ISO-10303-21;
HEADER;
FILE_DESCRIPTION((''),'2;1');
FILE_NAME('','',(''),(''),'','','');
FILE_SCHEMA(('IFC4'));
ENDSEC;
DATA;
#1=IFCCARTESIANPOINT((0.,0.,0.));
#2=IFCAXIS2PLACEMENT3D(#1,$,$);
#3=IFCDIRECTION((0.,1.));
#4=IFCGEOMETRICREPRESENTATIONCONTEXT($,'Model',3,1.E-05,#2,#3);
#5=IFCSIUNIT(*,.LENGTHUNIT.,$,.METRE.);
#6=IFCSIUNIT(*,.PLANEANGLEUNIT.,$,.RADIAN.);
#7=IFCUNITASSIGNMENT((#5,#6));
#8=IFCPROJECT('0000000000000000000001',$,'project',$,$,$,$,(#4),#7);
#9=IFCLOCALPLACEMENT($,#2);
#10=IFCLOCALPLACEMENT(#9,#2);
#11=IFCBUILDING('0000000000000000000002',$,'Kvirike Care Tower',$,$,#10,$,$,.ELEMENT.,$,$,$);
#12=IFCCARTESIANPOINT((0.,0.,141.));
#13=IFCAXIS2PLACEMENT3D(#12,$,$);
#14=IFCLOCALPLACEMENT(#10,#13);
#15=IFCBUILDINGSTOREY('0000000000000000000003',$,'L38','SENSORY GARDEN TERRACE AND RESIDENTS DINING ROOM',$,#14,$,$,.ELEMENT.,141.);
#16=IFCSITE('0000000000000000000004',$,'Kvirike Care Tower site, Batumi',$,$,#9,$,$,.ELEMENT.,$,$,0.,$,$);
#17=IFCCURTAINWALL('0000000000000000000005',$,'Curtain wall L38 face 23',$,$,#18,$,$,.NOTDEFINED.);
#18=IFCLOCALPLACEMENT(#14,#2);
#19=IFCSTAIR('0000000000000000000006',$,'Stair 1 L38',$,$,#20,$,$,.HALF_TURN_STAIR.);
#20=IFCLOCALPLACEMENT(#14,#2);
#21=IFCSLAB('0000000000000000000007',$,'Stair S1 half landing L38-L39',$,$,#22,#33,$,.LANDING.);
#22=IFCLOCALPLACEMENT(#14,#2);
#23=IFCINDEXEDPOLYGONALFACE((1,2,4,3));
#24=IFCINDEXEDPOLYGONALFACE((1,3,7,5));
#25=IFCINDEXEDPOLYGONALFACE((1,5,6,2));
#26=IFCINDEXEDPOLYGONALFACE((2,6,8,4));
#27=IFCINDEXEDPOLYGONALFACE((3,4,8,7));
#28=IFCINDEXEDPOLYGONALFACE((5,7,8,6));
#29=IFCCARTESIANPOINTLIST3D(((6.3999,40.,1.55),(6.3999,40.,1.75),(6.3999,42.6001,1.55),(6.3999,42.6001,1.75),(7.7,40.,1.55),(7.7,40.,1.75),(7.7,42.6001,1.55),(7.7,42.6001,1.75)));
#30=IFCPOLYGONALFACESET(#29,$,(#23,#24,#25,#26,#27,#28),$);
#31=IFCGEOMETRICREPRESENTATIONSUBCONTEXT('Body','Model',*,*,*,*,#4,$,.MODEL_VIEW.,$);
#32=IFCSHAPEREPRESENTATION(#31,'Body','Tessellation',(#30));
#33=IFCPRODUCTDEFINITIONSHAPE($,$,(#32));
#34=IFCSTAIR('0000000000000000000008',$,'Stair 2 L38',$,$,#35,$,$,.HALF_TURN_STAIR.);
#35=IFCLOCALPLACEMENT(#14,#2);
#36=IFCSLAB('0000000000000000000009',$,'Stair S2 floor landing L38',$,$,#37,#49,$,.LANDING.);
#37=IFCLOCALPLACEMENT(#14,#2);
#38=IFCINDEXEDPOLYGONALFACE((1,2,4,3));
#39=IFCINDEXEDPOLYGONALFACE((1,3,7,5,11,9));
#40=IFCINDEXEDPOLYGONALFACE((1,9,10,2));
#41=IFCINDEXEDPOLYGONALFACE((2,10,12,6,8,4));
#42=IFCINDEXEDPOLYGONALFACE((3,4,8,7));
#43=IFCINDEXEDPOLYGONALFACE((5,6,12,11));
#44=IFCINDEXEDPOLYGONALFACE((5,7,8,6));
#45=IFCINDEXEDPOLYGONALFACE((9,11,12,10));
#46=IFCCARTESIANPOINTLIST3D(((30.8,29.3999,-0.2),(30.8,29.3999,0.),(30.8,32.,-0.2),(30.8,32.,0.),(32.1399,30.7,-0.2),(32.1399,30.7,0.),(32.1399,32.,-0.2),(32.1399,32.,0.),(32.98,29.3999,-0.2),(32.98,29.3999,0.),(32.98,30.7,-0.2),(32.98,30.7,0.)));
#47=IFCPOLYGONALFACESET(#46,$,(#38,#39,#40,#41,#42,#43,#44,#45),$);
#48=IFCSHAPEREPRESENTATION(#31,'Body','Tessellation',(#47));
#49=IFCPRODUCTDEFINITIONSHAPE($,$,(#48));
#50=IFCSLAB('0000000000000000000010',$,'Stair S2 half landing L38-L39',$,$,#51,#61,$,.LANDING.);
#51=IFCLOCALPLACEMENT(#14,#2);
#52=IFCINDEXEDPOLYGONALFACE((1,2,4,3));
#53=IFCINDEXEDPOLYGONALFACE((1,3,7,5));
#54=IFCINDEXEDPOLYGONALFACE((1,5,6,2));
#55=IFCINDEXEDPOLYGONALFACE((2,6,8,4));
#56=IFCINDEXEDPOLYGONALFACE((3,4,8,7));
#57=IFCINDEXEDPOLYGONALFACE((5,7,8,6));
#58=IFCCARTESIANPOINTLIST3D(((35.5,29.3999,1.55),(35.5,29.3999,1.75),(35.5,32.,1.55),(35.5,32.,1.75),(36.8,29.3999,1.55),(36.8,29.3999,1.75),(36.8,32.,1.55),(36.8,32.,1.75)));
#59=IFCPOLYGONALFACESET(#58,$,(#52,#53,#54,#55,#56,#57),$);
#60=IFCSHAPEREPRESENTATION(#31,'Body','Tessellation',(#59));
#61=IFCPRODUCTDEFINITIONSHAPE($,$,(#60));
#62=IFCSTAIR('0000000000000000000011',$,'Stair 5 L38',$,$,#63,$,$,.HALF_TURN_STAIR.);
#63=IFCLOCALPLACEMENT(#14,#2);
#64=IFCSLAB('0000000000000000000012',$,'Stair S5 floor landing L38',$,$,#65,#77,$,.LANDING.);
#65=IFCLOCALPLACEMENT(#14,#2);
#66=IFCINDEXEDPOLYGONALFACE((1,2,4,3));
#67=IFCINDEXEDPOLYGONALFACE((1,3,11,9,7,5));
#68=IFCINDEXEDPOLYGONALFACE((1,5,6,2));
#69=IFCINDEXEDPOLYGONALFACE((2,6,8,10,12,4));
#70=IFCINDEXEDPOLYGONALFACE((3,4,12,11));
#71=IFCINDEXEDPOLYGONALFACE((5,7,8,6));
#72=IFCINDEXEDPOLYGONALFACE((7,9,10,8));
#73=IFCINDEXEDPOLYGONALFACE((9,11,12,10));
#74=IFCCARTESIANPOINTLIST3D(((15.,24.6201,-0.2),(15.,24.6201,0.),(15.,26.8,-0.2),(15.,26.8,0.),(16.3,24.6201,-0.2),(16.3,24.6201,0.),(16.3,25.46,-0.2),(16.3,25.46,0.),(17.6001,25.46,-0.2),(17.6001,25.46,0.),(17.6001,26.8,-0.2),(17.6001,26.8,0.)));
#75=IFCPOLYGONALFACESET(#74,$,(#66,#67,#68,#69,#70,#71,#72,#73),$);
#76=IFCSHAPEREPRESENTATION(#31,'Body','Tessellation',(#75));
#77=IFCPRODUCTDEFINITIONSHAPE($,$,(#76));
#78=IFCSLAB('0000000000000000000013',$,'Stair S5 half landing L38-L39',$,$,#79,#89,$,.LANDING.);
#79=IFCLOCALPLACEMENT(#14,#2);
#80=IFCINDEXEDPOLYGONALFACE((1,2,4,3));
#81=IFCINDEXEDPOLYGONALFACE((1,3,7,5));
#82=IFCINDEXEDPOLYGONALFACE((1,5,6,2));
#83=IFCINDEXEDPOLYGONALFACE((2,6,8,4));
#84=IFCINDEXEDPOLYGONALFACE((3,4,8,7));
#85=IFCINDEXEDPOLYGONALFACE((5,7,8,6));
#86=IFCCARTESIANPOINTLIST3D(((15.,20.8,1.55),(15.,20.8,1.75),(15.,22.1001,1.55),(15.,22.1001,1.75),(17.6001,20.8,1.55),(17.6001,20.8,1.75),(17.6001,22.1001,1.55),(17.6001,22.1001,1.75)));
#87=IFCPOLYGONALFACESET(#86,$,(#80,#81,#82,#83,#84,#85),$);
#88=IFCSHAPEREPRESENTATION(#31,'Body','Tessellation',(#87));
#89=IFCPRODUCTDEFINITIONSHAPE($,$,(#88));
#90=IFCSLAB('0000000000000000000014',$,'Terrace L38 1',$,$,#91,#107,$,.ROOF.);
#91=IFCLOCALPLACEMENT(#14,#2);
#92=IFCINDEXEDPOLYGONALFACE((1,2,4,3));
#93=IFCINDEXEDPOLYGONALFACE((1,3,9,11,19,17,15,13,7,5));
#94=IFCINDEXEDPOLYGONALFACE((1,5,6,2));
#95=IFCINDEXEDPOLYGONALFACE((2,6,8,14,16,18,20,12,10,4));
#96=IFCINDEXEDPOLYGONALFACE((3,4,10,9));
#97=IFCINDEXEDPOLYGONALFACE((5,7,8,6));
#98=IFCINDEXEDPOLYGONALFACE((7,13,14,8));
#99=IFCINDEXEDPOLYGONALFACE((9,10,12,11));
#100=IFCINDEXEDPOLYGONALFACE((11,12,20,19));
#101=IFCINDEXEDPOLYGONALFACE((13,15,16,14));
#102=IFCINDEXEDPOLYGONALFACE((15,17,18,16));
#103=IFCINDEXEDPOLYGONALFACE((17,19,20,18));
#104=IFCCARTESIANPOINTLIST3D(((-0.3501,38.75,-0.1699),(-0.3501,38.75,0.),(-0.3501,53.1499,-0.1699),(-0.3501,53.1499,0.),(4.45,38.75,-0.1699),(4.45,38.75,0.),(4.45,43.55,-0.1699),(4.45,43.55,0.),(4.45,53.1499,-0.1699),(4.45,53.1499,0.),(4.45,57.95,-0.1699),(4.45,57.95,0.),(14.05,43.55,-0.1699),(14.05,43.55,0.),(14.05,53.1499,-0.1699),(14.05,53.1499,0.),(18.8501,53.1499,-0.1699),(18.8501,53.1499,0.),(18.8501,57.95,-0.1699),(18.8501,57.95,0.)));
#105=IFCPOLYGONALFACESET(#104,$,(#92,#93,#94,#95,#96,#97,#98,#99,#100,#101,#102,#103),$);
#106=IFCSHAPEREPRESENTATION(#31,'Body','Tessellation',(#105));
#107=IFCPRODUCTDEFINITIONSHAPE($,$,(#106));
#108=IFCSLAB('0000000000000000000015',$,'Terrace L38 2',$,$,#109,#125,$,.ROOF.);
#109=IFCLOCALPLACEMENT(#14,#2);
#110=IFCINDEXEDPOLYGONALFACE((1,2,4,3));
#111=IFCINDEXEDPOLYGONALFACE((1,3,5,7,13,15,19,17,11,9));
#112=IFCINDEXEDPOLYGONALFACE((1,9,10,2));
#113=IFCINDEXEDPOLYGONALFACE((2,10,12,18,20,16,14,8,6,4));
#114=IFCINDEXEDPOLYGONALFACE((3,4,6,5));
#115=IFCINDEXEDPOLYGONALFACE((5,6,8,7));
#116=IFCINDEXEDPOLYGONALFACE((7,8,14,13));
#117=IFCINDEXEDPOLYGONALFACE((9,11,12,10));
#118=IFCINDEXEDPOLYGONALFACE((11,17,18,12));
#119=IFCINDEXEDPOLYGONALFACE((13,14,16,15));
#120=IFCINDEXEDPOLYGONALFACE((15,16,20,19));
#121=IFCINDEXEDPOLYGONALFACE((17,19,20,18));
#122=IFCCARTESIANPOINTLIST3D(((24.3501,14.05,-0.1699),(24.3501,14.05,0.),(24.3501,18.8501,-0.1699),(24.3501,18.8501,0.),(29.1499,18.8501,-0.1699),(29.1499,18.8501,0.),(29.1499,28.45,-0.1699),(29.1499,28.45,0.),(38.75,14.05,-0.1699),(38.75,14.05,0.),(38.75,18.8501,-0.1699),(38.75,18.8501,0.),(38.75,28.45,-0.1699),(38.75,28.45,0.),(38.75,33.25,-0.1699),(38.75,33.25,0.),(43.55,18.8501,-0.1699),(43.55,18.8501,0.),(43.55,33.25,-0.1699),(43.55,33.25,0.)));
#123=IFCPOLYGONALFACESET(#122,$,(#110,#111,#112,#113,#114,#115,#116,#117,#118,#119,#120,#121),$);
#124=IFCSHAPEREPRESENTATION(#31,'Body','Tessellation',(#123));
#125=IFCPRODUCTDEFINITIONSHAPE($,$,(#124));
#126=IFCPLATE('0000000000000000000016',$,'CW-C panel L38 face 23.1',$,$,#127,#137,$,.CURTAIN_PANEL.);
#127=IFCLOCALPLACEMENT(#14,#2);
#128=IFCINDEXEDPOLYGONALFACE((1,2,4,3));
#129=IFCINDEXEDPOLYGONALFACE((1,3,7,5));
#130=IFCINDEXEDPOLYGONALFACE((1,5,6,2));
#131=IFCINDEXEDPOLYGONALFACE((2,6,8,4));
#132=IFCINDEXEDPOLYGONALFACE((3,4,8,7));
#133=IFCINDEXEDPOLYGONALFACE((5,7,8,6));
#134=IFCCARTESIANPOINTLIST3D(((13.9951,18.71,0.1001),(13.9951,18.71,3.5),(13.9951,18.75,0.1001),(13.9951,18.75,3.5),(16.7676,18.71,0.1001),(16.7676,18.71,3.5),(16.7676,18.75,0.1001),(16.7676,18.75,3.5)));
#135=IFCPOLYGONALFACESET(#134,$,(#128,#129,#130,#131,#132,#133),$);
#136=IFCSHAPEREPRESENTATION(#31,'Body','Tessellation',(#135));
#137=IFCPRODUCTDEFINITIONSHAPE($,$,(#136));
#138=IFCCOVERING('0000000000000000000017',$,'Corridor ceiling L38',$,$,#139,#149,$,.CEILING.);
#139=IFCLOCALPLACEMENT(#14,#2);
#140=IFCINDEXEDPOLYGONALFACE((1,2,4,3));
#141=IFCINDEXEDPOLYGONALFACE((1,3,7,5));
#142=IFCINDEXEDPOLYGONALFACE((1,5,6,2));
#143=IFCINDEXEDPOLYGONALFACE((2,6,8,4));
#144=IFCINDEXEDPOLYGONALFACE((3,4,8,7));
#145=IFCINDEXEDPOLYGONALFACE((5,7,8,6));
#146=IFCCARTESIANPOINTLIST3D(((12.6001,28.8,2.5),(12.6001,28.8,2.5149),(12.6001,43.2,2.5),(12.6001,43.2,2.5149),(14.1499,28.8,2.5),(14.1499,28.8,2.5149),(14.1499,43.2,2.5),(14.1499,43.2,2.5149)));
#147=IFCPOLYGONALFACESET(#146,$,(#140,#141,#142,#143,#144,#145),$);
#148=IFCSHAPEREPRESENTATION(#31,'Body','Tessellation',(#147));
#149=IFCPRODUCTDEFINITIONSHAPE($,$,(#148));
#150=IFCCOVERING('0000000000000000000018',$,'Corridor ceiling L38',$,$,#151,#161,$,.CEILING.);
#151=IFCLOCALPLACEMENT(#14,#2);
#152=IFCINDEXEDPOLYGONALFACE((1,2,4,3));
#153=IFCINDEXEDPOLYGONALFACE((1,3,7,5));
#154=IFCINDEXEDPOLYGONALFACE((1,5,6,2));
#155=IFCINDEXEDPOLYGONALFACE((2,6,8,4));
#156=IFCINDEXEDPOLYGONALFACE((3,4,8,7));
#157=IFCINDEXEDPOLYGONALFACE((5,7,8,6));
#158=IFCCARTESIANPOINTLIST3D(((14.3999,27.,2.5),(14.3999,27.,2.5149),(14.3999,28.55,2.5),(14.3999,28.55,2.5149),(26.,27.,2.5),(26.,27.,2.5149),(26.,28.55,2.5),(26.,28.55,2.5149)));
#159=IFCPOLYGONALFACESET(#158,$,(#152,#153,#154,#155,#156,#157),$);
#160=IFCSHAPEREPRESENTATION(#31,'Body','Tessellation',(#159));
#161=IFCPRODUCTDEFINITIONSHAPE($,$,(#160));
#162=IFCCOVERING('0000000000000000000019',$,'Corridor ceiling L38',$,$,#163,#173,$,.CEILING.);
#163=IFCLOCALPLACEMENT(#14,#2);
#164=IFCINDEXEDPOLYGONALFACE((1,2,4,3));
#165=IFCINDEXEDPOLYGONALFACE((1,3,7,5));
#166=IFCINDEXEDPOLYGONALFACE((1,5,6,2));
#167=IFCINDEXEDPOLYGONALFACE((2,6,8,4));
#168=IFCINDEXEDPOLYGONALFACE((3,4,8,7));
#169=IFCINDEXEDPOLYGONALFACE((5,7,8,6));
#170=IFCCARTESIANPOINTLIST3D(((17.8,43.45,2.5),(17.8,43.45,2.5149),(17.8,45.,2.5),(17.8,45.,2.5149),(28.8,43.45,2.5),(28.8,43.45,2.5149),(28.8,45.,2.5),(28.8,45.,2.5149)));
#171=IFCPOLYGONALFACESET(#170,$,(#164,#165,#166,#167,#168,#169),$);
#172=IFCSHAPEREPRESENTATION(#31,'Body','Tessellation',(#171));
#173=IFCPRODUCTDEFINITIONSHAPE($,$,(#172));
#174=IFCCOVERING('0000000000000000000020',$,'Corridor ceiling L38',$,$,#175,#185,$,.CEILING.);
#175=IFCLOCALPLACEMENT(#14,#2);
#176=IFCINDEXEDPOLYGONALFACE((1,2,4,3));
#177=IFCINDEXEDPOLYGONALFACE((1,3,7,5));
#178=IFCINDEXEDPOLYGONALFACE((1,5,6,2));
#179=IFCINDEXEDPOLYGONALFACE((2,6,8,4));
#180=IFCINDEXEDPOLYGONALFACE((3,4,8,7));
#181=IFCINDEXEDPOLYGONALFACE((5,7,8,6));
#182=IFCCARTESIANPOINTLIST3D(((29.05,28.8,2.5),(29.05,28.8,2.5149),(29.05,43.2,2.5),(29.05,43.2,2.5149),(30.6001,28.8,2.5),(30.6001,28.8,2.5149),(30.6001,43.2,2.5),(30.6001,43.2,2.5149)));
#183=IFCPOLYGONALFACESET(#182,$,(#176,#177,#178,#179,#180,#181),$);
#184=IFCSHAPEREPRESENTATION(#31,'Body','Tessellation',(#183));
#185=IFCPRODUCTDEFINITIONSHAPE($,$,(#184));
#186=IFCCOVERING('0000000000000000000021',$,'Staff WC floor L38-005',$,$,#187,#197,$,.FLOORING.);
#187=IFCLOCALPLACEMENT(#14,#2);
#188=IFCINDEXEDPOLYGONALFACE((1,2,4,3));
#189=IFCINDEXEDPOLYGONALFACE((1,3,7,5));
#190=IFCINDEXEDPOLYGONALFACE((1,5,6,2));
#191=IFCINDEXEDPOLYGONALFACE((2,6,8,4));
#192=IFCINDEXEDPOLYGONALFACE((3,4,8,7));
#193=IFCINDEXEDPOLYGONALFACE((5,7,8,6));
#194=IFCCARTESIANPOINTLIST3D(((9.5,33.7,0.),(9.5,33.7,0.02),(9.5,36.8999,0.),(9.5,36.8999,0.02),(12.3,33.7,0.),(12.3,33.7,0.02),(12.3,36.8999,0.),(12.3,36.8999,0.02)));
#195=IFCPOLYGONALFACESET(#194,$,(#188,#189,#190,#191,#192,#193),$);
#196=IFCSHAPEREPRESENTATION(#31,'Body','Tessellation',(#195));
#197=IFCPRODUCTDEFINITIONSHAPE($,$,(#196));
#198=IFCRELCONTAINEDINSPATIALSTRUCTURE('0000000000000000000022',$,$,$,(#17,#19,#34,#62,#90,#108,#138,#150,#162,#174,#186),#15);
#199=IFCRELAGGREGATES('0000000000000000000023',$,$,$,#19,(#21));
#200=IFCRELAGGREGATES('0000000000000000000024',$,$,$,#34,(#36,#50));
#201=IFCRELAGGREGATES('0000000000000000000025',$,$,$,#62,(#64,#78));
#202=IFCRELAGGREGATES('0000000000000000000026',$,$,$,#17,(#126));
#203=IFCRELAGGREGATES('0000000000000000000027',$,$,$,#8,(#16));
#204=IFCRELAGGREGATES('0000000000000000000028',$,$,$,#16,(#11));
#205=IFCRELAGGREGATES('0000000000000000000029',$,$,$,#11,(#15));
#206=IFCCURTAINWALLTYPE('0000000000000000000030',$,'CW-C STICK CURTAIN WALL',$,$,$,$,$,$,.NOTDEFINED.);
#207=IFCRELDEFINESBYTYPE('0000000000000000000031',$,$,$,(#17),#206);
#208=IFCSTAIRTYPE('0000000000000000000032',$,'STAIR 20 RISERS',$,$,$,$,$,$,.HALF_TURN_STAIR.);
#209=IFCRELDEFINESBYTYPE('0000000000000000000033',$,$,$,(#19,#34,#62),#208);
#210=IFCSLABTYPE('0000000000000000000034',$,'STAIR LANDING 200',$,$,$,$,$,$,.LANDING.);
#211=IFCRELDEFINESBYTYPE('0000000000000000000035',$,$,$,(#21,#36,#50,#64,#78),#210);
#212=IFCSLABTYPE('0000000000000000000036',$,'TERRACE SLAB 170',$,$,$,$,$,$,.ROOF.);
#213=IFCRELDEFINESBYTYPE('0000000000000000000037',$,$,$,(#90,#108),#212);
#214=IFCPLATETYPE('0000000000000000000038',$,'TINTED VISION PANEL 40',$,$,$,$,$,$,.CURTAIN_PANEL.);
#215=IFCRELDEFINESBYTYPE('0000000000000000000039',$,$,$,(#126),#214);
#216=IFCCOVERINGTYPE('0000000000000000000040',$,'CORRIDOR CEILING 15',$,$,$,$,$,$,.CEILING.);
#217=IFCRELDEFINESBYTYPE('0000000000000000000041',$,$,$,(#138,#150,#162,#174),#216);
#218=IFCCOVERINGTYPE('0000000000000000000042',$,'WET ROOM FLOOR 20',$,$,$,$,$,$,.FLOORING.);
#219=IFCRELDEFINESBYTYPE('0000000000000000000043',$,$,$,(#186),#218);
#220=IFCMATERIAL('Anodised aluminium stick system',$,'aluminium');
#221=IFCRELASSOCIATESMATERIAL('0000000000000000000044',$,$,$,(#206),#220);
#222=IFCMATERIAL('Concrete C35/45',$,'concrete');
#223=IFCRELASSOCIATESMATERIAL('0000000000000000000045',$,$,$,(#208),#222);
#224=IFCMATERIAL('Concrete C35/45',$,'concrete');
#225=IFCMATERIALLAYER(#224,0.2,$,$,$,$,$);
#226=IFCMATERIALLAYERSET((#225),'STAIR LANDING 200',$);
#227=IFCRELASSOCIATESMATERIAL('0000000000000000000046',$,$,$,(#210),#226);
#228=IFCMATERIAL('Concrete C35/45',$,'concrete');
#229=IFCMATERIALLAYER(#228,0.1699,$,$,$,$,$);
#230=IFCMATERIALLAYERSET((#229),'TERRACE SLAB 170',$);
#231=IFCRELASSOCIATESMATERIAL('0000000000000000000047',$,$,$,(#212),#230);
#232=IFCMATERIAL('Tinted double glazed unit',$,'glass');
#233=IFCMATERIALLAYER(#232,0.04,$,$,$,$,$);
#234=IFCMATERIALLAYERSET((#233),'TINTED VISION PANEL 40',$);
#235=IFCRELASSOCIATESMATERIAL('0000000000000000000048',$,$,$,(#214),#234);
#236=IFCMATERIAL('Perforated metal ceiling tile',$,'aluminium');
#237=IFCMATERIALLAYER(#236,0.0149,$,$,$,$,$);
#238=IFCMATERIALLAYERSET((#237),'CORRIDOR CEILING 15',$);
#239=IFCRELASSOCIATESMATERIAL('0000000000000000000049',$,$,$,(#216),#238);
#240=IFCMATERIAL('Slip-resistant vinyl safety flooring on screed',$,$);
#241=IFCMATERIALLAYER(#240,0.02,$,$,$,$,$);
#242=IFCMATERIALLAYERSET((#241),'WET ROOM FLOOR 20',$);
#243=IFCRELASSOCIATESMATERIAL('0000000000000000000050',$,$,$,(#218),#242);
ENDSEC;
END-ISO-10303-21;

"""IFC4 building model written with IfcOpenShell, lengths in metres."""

from ifc_helpers import new_model, si_unit, direction, frame, origin, origin_2d, place, context, subcontext, project, spatial, polyline, rectangle, outline, extrude, material, layer, layer_set, type_object, element, aggregate, save


model = new_model("IFC4")

# Units and contexts
model_context = context("Model", 3, precision=1e-05, world=origin(), true_north=direction((0.0, 1.0)))
body_context = subcontext(model_context, "Body", "Model", "MODEL_VIEW")
ifc_project = project(units=[si_unit("LENGTHUNIT", "METRE"), si_unit("PLANEANGLEUNIT", "RADIAN")], contexts=[model_context])

# Site, building, storey
site_placement = place(None, origin())
site = spatial("IfcSite", under=ifc_project, at=site_placement, Name="Kvirike Care Tower site, Batumi", CompositionType="ELEMENT", RefElevation=0.0)
building_placement = place(site_placement, origin())
building = spatial("IfcBuilding", under=site, at=building_placement, Name="Kvirike Care Tower", CompositionType="ELEMENT")
storey_placement = place(building_placement, frame((0.0, 0.0, 141.0)))
storey = spatial("IfcBuildingStorey", under=building, at=storey_placement, Name="L38", Description="SENSORY GARDEN TERRACE AND RESIDENTS DINING ROOM", CompositionType="ELEMENT", Elevation=141.0)

# Curtain wall
ifc_material_1 = material(Name="Anodised aluminium stick system", Category="aluminium")
curtain_wall_type = type_object("IfcCurtainWallType", Name="CW-C STICK CURTAIN WALL", PredefinedType="NOTDEFINED", material=ifc_material_1)
curtain_wall_1_placement = place(storey_placement, origin())
curtain_wall_1 = element("IfcCurtainWall", 1, at=curtain_wall_1_placement, inside=storey, type_object=curtain_wall_type, Name="Curtain wall L38 face 23", PredefinedType="NOTDEFINED")

# Stairs, slabs
ifc_material_2 = material(Name="Concrete C35/45", Category="concrete")
stair_type = type_object("IfcStairType", Name="STAIR 20 RISERS", PredefinedType="HALF_TURN_STAIR", material=ifc_material_2)
stair_1_placement = place(storey_placement, origin())
stair_1 = element("IfcStair", 2, at=stair_1_placement, inside=storey, type_object=stair_type, Name="Stair 1 L38", PredefinedType="HALF_TURN_STAIR")
ifc_material_3 = material(Name="Concrete C35/45", Category="concrete")
ifc_layer_1 = layer(ifc_material_3, 0.2)
ifc_layer_set_1 = layer_set([ifc_layer_1], Name="STAIR LANDING 200")
slab_type_1 = type_object("IfcSlabType", Name="STAIR LANDING 200", PredefinedType="LANDING", material=ifc_layer_set_1)
slab_1_placement = place(storey_placement, frame((0.0, 0.0, 1.55)))
slab_1 = element("IfcSlab", 3, at=slab_1_placement, type_object=slab_type_1, Name="Stair S1 half landing L38-L39", PredefinedType="LANDING", context=body_context, shape_type="SweptSolid", body=[
    extrude(outline(polyline([(6.3999, 42.6001), (6.3999, 40.0), (7.7, 40.0), (7.7, 42.6001), (6.3999, 42.6001)])), origin(), (0.0, 0.0, 1.0), 0.2),
])
aggregate(stair_1, [slab_1])
stair_2_placement = place(storey_placement, origin())
stair_2 = element("IfcStair", 4, at=stair_2_placement, inside=storey, type_object=stair_type, Name="Stair 2 L38", PredefinedType="HALF_TURN_STAIR")
slab_2_placement = place(storey_placement, frame((0.0, 0.0, -0.2)))
slab_2 = element("IfcSlab", 5, at=slab_2_placement, type_object=slab_type_1, Name="Stair S2 floor landing L38", PredefinedType="LANDING", context=body_context, shape_type="SweptSolid", body=[
    extrude(outline(polyline([(32.98, 29.3999), (32.98, 30.7), (32.1399, 30.7), (32.1399, 32.0), (30.8, 32.0), (30.8, 29.3999), (32.98, 29.3999)])), origin(), (0.0, 0.0, 1.0), 0.2),
])
slab_3_placement = place(storey_placement, frame((0.0, 0.0, 1.55)))
slab_3 = element("IfcSlab", 6, at=slab_3_placement, type_object=slab_type_1, Name="Stair S2 half landing L38-L39", PredefinedType="LANDING", context=body_context, shape_type="SweptSolid", body=[
    extrude(outline(polyline([(36.8, 29.3999), (36.8, 32.0), (35.5, 32.0), (35.5, 29.3999), (36.8, 29.3999)])), origin(), (0.0, 0.0, 1.0), 0.2),
])
aggregate(stair_2, [slab_2, slab_3])
stair_3_placement = place(storey_placement, origin())
stair_3 = element("IfcStair", 7, at=stair_3_placement, inside=storey, type_object=stair_type, Name="Stair 5 L38", PredefinedType="HALF_TURN_STAIR")
slab_4_placement = place(storey_placement, frame((0.0, 0.0, -0.2)))
slab_4 = element("IfcSlab", 8, at=slab_4_placement, type_object=slab_type_1, Name="Stair S5 floor landing L38", PredefinedType="LANDING", context=body_context, shape_type="SweptSolid", body=[
    extrude(outline(polyline([(15.0, 24.6201), (16.3, 24.6201), (16.3, 25.46), (17.6001, 25.46), (17.6001, 26.8), (15.0, 26.8), (15.0, 24.6201)])), origin(), (0.0, 0.0, 1.0), 0.2),
])
slab_5_placement = place(storey_placement, frame((0.0, 0.0, 1.55)))
slab_5 = element("IfcSlab", 9, at=slab_5_placement, type_object=slab_type_1, Name="Stair S5 half landing L38-L39", PredefinedType="LANDING", context=body_context, shape_type="SweptSolid", body=[
    extrude(outline(polyline([(15.0, 20.8), (17.6001, 20.8), (17.6001, 22.1001), (15.0, 22.1001), (15.0, 20.8)])), origin(), (0.0, 0.0, 1.0), 0.2),
])
aggregate(stair_3, [slab_4, slab_5])

# Slabs
ifc_material_4 = material(Name="Concrete C35/45", Category="concrete")
ifc_layer_2 = layer(ifc_material_4, 0.1699)
ifc_layer_set_2 = layer_set([ifc_layer_2], Name="TERRACE SLAB 170")
slab_type_2 = type_object("IfcSlabType", Name="TERRACE SLAB 170", PredefinedType="ROOF", material=ifc_layer_set_2)
slab_6_placement = place(storey_placement, frame((0.0, 0.0, -0.1699)))
element("IfcSlab", 10, at=slab_6_placement, inside=storey, type_object=slab_type_2, Name="Terrace L38 1", PredefinedType="ROOF", context=body_context, shape_type="SweptSolid", body=[
    extrude(outline(polyline([(-0.3501, 53.1499), (-0.3501, 38.75), (4.45, 38.75), (4.45, 43.55), (14.05, 43.55), (14.05, 53.1499), (18.8501, 53.1499), (18.8501, 57.95), (4.45, 57.95), (4.45, 53.1499), (-0.3501, 53.1499)])), origin(), (0.0, 0.0, 1.0), 0.1699),
])
slab_7_placement = place(storey_placement, frame((0.0, 0.0, -0.1699)))
element("IfcSlab", 11, at=slab_7_placement, inside=storey, type_object=slab_type_2, Name="Terrace L38 2", PredefinedType="ROOF", context=body_context, shape_type="SweptSolid", body=[
    extrude(outline(polyline([(43.55, 18.8501), (43.55, 33.25), (38.75, 33.25), (38.75, 28.45), (29.1499, 28.45), (29.1499, 18.8501), (24.3501, 18.8501), (24.3501, 14.05), (38.75, 14.05), (38.75, 18.8501), (43.55, 18.8501)])), origin(), (0.0, 0.0, 1.0), 0.1699),
])

# Plate
ifc_material_5 = material(Name="Tinted double glazed unit", Category="glass")
ifc_layer_3 = layer(ifc_material_5, 0.04)
ifc_layer_set_3 = layer_set([ifc_layer_3], Name="TINTED VISION PANEL 40")
plate_type = type_object("IfcPlateType", Name="TINTED VISION PANEL 40", PredefinedType="CURTAIN_PANEL", material=ifc_layer_set_3)
plate_placement = place(storey_placement, frame((15.3813, 18.73, 0.1001), z_axis=(0.0, 0.0, 1.0), x_axis=(1.0, 0.0, 0.0)))
plate = element("IfcPlate", 12, at=plate_placement, type_object=plate_type, Name="CW-C panel L38 face 23.1", PredefinedType="CURTAIN_PANEL", context=body_context, shape_type="SweptSolid", body=[
    extrude(rectangle(XDim=2.7725, YDim=0.04, at=origin_2d()), origin(), (0.0, 0.0, 1.0), 3.3999),
])
aggregate(curtain_wall_1, [plate])

# Coverings
ifc_material_6 = material(Name="Perforated metal ceiling tile", Category="aluminium")
ifc_layer_4 = layer(ifc_material_6, 0.0149)
ifc_layer_set_4 = layer_set([ifc_layer_4], Name="CORRIDOR CEILING 15")
covering_type_1 = type_object("IfcCoveringType", Name="CORRIDOR CEILING 15", PredefinedType="CEILING", material=ifc_layer_set_4)
covering_1_placement = place(storey_placement, frame((0.0, 0.0, 2.5)))
element("IfcCovering", 13, at=covering_1_placement, inside=storey, type_object=covering_type_1, Name="Corridor ceiling L38", PredefinedType="CEILING", context=body_context, shape_type="SweptSolid", body=[
    extrude(outline(polyline([(12.6001, 43.2), (14.1499, 43.2), (14.1499, 28.8), (12.6001, 28.8), (12.6001, 43.2)])), origin(), (0.0, 0.0, 1.0), 0.0149),
])
covering_2_placement = place(storey_placement, frame((0.0, 0.0, 2.5)))
element("IfcCovering", 14, at=covering_2_placement, inside=storey, type_object=covering_type_1, Name="Corridor ceiling L38", PredefinedType="CEILING", context=body_context, shape_type="SweptSolid", body=[
    extrude(outline(polyline([(14.3999, 28.55), (26.0, 28.55), (26.0, 27.0), (14.3999, 27.0), (14.3999, 28.55)])), origin(), (0.0, 0.0, 1.0), 0.0149),
])
covering_3_placement = place(storey_placement, frame((0.0, 0.0, 2.5)))
element("IfcCovering", 15, at=covering_3_placement, inside=storey, type_object=covering_type_1, Name="Corridor ceiling L38", PredefinedType="CEILING", context=body_context, shape_type="SweptSolid", body=[
    extrude(outline(polyline([(28.8, 43.45), (17.8, 43.45), (17.8, 45.0), (28.8, 45.0), (28.8, 43.45)])), origin(), (0.0, 0.0, 1.0), 0.0149),
])
covering_4_placement = place(storey_placement, frame((0.0, 0.0, 2.5)))
element("IfcCovering", 16, at=covering_4_placement, inside=storey, type_object=covering_type_1, Name="Corridor ceiling L38", PredefinedType="CEILING", context=body_context, shape_type="SweptSolid", body=[
    extrude(outline(polyline([(30.6001, 28.8), (29.05, 28.8), (29.05, 43.2), (30.6001, 43.2), (30.6001, 28.8)])), origin(), (0.0, 0.0, 1.0), 0.0149),
])
ifc_material_7 = material(Name="Slip-resistant vinyl safety flooring on screed")
ifc_layer_5 = layer(ifc_material_7, 0.02)
ifc_layer_set_5 = layer_set([ifc_layer_5], Name="WET ROOM FLOOR 20")
covering_type_2 = type_object("IfcCoveringType", Name="WET ROOM FLOOR 20", PredefinedType="FLOORING", material=ifc_layer_set_5)
covering_5_placement = place(storey_placement, origin())
element("IfcCovering", 17, at=covering_5_placement, inside=storey, type_object=covering_type_2, Name="Staff WC floor L38-005", PredefinedType="FLOORING", context=body_context, shape_type="SweptSolid", body=[
    extrude(outline(polyline([(12.3, 36.8999), (12.3, 33.7), (9.5, 33.7), (9.5, 36.8999), (12.3, 36.8999)])), origin(), (0.0, 0.0, 1.0), 0.02),
])

save(model, "model.ifc")
